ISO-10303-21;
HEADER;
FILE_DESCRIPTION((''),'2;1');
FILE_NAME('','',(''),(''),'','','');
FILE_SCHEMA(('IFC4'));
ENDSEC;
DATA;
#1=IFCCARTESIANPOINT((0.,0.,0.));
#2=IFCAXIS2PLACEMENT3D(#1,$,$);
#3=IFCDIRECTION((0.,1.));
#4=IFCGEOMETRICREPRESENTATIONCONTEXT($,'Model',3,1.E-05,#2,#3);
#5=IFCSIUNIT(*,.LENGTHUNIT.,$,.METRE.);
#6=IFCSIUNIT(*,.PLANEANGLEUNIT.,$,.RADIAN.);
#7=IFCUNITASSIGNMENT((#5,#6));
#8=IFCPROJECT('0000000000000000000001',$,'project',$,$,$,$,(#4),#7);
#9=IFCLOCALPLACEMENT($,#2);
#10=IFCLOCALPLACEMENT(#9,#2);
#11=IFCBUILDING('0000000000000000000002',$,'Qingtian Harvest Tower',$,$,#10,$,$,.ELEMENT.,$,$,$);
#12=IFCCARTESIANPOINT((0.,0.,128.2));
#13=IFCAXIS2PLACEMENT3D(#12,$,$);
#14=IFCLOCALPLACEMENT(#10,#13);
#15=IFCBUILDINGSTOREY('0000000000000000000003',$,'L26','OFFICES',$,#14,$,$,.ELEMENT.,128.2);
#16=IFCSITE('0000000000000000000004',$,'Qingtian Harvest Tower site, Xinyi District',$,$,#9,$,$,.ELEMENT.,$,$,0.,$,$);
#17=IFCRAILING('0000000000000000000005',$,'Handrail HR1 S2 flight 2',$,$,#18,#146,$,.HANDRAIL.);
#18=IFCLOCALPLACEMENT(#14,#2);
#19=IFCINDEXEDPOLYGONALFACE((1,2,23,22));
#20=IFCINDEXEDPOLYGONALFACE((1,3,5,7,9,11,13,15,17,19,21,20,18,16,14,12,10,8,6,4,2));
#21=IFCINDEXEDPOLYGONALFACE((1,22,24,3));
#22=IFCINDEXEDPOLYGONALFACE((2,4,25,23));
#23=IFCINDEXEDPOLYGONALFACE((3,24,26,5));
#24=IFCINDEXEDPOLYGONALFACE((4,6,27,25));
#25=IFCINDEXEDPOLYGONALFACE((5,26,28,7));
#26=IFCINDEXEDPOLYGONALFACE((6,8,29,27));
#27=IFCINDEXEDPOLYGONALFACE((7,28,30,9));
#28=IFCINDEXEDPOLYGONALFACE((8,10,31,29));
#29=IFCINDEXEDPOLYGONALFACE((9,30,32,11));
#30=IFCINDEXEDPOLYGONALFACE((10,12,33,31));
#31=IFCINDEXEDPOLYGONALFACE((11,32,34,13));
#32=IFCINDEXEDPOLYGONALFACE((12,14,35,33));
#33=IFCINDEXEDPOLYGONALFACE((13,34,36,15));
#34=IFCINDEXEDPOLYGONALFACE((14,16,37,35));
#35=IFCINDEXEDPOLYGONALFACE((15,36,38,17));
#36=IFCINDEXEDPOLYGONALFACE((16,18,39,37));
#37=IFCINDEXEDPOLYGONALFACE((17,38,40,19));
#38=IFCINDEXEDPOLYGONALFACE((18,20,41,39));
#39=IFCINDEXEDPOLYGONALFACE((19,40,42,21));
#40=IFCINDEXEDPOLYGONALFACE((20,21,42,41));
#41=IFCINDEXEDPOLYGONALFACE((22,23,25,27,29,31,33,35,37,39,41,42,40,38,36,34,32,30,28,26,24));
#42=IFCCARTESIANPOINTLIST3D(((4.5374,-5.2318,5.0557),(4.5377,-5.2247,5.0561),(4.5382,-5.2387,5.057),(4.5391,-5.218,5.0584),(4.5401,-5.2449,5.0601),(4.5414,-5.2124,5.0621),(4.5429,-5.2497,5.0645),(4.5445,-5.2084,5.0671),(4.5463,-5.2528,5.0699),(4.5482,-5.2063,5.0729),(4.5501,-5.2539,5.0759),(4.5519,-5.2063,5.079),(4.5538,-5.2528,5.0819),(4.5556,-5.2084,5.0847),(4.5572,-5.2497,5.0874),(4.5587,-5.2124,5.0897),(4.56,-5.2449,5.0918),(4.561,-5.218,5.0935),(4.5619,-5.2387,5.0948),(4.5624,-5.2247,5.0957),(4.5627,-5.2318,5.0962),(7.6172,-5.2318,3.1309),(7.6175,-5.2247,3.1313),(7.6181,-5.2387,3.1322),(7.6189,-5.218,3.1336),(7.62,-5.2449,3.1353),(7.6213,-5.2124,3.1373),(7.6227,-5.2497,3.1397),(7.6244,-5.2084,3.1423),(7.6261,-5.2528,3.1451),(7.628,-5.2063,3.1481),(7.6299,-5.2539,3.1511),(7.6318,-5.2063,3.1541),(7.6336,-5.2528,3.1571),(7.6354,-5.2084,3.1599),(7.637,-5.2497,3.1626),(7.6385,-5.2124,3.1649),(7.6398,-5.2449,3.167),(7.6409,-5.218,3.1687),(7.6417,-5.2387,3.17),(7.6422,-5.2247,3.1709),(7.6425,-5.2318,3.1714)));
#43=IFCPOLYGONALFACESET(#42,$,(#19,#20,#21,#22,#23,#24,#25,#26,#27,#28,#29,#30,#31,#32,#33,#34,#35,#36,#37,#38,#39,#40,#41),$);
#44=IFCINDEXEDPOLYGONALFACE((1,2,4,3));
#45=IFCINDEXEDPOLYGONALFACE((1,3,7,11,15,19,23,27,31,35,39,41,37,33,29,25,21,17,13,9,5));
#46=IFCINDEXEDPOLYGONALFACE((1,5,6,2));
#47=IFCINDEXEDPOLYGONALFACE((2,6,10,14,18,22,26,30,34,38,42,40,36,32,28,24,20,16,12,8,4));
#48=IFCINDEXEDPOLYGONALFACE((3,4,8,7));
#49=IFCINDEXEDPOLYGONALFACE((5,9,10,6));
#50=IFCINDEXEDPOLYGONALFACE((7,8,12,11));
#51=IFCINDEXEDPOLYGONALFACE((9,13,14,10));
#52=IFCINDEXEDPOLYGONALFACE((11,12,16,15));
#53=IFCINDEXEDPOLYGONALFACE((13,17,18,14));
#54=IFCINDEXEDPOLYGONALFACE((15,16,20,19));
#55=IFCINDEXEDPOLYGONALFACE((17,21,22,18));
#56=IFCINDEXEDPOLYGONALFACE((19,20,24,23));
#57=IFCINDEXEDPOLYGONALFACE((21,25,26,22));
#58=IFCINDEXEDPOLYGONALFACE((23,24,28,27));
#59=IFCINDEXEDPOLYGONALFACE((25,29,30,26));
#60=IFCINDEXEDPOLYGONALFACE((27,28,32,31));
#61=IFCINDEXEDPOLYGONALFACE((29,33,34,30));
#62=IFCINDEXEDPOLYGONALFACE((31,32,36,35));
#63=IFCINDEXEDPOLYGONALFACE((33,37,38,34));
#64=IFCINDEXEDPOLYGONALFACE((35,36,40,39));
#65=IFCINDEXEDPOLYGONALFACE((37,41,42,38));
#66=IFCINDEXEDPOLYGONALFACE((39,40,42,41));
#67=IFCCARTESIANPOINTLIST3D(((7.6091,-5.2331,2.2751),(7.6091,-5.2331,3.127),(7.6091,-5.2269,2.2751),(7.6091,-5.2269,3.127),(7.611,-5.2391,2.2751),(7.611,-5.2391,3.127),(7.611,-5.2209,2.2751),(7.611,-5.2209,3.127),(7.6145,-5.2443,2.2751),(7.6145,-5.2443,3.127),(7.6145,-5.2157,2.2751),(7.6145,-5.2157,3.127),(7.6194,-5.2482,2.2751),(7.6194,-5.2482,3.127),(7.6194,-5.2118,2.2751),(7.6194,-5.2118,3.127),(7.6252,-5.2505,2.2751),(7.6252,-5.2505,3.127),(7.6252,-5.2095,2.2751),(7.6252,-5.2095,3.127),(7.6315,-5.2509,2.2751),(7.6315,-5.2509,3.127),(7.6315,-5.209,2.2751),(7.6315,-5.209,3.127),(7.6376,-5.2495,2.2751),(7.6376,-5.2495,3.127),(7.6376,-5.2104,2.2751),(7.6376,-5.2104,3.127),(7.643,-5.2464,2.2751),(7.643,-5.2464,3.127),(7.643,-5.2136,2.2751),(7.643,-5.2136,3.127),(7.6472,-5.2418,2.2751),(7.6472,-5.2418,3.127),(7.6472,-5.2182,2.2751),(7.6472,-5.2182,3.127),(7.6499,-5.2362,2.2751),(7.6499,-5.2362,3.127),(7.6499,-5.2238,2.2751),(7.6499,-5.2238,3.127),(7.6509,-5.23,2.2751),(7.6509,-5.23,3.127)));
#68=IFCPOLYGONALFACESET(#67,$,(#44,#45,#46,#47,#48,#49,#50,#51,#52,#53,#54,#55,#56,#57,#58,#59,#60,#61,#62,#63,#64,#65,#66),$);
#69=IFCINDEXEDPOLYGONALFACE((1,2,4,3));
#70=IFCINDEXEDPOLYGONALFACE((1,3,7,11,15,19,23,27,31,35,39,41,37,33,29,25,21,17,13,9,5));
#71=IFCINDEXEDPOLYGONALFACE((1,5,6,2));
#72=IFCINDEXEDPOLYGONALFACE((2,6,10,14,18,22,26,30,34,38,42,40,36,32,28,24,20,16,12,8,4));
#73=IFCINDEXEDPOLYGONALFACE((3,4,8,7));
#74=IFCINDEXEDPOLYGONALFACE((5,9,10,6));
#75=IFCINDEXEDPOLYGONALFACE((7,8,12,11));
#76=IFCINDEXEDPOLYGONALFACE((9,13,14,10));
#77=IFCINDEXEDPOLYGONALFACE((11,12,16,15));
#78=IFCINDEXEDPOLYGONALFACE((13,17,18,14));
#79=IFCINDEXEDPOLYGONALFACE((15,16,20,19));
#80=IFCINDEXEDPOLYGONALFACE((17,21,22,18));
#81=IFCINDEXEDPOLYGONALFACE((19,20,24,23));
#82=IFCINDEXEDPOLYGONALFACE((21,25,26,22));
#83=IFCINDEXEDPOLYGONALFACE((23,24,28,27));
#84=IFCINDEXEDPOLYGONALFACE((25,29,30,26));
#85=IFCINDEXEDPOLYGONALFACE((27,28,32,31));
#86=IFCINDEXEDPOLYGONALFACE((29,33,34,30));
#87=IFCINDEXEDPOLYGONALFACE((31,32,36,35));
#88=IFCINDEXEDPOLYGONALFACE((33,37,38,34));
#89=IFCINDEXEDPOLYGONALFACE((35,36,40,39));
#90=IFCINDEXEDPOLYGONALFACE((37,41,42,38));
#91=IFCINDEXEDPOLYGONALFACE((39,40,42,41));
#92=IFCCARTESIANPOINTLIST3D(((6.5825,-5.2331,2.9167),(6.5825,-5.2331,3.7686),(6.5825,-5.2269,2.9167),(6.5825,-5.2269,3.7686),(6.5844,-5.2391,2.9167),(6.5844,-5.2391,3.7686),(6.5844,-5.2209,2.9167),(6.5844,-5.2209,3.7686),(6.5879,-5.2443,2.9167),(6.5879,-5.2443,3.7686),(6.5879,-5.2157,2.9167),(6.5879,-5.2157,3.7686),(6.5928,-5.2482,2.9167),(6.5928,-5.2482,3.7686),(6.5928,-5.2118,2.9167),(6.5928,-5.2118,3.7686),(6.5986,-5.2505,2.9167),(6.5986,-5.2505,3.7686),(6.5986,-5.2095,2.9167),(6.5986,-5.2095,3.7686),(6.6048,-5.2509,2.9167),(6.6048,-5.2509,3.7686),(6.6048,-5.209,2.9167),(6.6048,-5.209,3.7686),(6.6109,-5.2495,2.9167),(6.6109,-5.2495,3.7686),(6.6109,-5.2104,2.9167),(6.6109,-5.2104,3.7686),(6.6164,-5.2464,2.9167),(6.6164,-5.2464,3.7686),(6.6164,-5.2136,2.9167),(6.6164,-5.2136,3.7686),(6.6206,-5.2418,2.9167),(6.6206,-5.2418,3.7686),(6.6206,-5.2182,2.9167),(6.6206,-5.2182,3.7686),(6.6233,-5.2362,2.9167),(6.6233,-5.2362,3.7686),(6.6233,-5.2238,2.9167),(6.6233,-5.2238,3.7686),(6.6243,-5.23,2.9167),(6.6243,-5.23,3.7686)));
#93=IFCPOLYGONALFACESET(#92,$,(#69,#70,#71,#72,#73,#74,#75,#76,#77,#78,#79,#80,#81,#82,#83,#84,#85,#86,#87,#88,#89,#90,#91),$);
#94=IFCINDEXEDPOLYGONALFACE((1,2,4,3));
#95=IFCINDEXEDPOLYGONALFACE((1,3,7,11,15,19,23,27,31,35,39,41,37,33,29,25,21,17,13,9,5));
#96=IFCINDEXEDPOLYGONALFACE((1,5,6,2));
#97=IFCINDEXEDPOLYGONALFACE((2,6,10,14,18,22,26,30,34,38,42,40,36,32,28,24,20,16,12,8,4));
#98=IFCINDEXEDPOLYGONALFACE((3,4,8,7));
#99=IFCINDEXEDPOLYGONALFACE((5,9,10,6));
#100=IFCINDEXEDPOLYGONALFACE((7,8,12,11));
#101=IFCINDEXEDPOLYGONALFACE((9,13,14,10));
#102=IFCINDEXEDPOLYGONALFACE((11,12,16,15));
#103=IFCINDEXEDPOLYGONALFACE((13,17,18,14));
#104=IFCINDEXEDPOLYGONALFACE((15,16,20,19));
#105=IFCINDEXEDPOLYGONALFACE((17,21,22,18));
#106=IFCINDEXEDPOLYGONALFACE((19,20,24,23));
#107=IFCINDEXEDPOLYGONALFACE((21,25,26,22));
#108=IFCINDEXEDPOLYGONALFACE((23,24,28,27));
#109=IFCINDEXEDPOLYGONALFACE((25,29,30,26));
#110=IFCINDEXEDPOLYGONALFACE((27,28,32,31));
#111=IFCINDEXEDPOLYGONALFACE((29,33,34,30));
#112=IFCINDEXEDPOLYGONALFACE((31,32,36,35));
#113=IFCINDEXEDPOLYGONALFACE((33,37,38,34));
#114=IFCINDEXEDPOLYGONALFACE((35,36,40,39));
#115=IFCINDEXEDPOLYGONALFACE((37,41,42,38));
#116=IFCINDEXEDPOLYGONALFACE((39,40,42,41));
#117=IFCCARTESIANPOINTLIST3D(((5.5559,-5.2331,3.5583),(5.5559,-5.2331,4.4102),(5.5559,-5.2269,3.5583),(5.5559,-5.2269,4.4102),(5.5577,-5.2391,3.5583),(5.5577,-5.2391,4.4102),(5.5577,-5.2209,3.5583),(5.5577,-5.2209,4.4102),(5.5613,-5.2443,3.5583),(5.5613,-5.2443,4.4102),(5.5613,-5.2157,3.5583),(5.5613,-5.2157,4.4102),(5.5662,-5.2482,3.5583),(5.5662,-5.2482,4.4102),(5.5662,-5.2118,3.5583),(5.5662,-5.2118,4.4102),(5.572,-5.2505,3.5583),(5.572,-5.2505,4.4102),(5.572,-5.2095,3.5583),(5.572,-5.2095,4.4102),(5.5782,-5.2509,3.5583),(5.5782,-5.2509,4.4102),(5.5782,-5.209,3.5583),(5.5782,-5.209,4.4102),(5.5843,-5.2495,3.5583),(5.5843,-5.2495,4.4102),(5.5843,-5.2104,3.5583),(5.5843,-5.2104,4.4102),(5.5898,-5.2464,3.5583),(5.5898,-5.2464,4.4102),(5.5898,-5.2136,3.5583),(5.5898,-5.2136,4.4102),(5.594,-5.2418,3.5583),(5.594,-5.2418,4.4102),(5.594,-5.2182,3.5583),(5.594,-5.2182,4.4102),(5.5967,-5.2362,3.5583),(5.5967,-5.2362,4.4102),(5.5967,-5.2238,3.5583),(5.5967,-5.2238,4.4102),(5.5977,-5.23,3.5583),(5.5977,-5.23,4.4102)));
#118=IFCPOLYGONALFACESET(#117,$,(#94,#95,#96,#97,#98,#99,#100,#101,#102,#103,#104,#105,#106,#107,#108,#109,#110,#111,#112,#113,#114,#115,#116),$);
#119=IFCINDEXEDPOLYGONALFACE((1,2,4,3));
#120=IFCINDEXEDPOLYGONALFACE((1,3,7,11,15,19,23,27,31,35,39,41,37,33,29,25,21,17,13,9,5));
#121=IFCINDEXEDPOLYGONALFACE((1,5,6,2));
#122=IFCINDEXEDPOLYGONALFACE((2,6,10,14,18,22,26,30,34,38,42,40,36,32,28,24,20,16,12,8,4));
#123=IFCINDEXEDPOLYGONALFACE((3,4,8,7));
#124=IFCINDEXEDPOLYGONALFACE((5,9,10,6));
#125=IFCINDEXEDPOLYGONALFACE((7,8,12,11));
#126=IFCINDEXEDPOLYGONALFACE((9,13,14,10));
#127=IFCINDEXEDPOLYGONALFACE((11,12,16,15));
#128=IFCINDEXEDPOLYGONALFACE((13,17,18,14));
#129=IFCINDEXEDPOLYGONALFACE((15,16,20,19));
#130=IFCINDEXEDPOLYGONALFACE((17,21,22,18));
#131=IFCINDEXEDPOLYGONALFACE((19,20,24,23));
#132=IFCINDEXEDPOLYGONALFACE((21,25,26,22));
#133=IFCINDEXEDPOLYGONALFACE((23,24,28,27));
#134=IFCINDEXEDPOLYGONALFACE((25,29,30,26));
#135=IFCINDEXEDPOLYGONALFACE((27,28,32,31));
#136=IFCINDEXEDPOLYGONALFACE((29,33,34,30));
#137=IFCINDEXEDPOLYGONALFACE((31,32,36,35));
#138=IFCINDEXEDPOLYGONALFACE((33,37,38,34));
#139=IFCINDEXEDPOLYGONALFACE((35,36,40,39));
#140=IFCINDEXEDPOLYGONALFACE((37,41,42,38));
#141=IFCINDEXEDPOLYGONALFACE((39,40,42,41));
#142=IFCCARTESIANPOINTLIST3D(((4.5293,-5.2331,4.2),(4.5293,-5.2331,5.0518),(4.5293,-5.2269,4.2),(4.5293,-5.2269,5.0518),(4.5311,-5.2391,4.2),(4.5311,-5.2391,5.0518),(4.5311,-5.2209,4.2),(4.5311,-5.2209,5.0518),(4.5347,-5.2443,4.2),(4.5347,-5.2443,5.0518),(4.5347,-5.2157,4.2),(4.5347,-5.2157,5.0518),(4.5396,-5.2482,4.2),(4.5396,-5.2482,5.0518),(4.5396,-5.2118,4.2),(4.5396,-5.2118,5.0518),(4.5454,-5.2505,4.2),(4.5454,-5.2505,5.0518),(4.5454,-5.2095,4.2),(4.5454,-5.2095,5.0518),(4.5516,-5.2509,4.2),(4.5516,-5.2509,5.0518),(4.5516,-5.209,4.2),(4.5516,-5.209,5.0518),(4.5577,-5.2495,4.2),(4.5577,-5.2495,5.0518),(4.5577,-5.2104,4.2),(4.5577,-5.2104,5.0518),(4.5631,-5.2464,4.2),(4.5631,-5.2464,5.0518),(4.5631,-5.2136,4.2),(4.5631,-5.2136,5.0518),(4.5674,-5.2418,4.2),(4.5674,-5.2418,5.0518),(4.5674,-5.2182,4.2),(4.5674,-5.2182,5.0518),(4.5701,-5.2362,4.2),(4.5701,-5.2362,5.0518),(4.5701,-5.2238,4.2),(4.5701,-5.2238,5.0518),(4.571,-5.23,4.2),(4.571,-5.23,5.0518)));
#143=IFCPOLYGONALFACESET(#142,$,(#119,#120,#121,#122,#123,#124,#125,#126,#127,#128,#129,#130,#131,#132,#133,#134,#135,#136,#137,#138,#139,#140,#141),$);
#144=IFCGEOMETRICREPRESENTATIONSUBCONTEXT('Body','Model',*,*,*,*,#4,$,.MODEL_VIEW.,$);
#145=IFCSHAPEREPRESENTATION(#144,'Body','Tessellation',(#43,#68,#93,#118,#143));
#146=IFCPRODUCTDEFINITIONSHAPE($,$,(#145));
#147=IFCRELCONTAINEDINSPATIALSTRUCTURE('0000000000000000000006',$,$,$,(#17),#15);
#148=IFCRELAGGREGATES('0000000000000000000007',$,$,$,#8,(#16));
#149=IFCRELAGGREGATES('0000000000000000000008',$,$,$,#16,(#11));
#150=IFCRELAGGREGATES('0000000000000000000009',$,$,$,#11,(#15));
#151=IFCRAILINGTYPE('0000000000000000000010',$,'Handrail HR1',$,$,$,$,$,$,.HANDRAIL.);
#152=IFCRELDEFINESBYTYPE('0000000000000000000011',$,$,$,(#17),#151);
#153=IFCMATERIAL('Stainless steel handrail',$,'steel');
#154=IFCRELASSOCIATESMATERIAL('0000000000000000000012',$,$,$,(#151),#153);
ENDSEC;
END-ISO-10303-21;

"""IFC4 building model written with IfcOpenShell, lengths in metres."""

from ifc_helpers import new_model, si_unit, direction, frame, origin, origin_2d, place, context, subcontext, project, spatial, circle, extrude, material, type_object, element, save


model = new_model("IFC4")

# Units and contexts
model_context = context("Model", 3, precision=1e-05, world=origin(), true_north=direction((0.0, 1.0)))
body_context = subcontext(model_context, "Body", "Model", "MODEL_VIEW")
ifc_project = project(units=[si_unit("LENGTHUNIT", "METRE"), si_unit("PLANEANGLEUNIT", "RADIAN")], contexts=[model_context])

# Site, building, storey
site_placement = place(None, origin())
site = spatial("IfcSite", under=ifc_project, at=site_placement, Name="Qingtian Harvest Tower site, Xinyi District", CompositionType="ELEMENT", RefElevation=0.0)
building_placement = place(site_placement, origin())
building = spatial("IfcBuilding", under=site, at=building_placement, Name="Qingtian Harvest Tower", CompositionType="ELEMENT")
storey_placement = place(building_placement, frame((0.0, 0.0, 128.2)))
storey = spatial("IfcBuildingStorey", under=building, at=storey_placement, Name="L26", Description="OFFICES", CompositionType="ELEMENT", Elevation=128.2)

# Railing
ifc_material_1 = material(Name="Stainless steel handrail", Category="steel")
railing_type = type_object("IfcRailingType", Name="Handrail HR1", PredefinedType="HANDRAIL", material=ifc_material_1)
railing_1_placement = place(storey_placement, frame((7.6299, -5.23, 2.2751)))
element("IfcRailing", 1, at=railing_1_placement, inside=storey, type_object=railing_type, Name="Handrail HR1 S2 flight 2", PredefinedType="HANDRAIL", context=body_context, shape_type="SweptSolid", body=[
    extrude(circle(Radius=0.0239, at=origin_2d()), frame((0.0, 0.0, 0.876), z_axis=(-0.84801, 0.0, 0.529981), x_axis=(0.0, -1.0, 0.0)), (0.0, 0.0, 1.0), 3.6318),
    extrude(circle(Radius=0.021, at=origin_2d()), origin(), (0.0, 0.0, 1.0), 0.8518),
    extrude(circle(Radius=0.021, at=origin_2d()), frame((-1.0266, 0.0, 0.6416)), (0.0, 0.0, 1.0), 0.8518),
    extrude(circle(Radius=0.021, at=origin_2d()), frame((-2.0532, 0.0, 1.2832)), (0.0, 0.0, 1.0), 0.8518),
    extrude(circle(Radius=0.021, at=origin_2d()), frame((-3.0798, 0.0, 1.9248)), (0.0, 0.0, 1.0), 0.8518),
])

save(model, "model.ifc")
